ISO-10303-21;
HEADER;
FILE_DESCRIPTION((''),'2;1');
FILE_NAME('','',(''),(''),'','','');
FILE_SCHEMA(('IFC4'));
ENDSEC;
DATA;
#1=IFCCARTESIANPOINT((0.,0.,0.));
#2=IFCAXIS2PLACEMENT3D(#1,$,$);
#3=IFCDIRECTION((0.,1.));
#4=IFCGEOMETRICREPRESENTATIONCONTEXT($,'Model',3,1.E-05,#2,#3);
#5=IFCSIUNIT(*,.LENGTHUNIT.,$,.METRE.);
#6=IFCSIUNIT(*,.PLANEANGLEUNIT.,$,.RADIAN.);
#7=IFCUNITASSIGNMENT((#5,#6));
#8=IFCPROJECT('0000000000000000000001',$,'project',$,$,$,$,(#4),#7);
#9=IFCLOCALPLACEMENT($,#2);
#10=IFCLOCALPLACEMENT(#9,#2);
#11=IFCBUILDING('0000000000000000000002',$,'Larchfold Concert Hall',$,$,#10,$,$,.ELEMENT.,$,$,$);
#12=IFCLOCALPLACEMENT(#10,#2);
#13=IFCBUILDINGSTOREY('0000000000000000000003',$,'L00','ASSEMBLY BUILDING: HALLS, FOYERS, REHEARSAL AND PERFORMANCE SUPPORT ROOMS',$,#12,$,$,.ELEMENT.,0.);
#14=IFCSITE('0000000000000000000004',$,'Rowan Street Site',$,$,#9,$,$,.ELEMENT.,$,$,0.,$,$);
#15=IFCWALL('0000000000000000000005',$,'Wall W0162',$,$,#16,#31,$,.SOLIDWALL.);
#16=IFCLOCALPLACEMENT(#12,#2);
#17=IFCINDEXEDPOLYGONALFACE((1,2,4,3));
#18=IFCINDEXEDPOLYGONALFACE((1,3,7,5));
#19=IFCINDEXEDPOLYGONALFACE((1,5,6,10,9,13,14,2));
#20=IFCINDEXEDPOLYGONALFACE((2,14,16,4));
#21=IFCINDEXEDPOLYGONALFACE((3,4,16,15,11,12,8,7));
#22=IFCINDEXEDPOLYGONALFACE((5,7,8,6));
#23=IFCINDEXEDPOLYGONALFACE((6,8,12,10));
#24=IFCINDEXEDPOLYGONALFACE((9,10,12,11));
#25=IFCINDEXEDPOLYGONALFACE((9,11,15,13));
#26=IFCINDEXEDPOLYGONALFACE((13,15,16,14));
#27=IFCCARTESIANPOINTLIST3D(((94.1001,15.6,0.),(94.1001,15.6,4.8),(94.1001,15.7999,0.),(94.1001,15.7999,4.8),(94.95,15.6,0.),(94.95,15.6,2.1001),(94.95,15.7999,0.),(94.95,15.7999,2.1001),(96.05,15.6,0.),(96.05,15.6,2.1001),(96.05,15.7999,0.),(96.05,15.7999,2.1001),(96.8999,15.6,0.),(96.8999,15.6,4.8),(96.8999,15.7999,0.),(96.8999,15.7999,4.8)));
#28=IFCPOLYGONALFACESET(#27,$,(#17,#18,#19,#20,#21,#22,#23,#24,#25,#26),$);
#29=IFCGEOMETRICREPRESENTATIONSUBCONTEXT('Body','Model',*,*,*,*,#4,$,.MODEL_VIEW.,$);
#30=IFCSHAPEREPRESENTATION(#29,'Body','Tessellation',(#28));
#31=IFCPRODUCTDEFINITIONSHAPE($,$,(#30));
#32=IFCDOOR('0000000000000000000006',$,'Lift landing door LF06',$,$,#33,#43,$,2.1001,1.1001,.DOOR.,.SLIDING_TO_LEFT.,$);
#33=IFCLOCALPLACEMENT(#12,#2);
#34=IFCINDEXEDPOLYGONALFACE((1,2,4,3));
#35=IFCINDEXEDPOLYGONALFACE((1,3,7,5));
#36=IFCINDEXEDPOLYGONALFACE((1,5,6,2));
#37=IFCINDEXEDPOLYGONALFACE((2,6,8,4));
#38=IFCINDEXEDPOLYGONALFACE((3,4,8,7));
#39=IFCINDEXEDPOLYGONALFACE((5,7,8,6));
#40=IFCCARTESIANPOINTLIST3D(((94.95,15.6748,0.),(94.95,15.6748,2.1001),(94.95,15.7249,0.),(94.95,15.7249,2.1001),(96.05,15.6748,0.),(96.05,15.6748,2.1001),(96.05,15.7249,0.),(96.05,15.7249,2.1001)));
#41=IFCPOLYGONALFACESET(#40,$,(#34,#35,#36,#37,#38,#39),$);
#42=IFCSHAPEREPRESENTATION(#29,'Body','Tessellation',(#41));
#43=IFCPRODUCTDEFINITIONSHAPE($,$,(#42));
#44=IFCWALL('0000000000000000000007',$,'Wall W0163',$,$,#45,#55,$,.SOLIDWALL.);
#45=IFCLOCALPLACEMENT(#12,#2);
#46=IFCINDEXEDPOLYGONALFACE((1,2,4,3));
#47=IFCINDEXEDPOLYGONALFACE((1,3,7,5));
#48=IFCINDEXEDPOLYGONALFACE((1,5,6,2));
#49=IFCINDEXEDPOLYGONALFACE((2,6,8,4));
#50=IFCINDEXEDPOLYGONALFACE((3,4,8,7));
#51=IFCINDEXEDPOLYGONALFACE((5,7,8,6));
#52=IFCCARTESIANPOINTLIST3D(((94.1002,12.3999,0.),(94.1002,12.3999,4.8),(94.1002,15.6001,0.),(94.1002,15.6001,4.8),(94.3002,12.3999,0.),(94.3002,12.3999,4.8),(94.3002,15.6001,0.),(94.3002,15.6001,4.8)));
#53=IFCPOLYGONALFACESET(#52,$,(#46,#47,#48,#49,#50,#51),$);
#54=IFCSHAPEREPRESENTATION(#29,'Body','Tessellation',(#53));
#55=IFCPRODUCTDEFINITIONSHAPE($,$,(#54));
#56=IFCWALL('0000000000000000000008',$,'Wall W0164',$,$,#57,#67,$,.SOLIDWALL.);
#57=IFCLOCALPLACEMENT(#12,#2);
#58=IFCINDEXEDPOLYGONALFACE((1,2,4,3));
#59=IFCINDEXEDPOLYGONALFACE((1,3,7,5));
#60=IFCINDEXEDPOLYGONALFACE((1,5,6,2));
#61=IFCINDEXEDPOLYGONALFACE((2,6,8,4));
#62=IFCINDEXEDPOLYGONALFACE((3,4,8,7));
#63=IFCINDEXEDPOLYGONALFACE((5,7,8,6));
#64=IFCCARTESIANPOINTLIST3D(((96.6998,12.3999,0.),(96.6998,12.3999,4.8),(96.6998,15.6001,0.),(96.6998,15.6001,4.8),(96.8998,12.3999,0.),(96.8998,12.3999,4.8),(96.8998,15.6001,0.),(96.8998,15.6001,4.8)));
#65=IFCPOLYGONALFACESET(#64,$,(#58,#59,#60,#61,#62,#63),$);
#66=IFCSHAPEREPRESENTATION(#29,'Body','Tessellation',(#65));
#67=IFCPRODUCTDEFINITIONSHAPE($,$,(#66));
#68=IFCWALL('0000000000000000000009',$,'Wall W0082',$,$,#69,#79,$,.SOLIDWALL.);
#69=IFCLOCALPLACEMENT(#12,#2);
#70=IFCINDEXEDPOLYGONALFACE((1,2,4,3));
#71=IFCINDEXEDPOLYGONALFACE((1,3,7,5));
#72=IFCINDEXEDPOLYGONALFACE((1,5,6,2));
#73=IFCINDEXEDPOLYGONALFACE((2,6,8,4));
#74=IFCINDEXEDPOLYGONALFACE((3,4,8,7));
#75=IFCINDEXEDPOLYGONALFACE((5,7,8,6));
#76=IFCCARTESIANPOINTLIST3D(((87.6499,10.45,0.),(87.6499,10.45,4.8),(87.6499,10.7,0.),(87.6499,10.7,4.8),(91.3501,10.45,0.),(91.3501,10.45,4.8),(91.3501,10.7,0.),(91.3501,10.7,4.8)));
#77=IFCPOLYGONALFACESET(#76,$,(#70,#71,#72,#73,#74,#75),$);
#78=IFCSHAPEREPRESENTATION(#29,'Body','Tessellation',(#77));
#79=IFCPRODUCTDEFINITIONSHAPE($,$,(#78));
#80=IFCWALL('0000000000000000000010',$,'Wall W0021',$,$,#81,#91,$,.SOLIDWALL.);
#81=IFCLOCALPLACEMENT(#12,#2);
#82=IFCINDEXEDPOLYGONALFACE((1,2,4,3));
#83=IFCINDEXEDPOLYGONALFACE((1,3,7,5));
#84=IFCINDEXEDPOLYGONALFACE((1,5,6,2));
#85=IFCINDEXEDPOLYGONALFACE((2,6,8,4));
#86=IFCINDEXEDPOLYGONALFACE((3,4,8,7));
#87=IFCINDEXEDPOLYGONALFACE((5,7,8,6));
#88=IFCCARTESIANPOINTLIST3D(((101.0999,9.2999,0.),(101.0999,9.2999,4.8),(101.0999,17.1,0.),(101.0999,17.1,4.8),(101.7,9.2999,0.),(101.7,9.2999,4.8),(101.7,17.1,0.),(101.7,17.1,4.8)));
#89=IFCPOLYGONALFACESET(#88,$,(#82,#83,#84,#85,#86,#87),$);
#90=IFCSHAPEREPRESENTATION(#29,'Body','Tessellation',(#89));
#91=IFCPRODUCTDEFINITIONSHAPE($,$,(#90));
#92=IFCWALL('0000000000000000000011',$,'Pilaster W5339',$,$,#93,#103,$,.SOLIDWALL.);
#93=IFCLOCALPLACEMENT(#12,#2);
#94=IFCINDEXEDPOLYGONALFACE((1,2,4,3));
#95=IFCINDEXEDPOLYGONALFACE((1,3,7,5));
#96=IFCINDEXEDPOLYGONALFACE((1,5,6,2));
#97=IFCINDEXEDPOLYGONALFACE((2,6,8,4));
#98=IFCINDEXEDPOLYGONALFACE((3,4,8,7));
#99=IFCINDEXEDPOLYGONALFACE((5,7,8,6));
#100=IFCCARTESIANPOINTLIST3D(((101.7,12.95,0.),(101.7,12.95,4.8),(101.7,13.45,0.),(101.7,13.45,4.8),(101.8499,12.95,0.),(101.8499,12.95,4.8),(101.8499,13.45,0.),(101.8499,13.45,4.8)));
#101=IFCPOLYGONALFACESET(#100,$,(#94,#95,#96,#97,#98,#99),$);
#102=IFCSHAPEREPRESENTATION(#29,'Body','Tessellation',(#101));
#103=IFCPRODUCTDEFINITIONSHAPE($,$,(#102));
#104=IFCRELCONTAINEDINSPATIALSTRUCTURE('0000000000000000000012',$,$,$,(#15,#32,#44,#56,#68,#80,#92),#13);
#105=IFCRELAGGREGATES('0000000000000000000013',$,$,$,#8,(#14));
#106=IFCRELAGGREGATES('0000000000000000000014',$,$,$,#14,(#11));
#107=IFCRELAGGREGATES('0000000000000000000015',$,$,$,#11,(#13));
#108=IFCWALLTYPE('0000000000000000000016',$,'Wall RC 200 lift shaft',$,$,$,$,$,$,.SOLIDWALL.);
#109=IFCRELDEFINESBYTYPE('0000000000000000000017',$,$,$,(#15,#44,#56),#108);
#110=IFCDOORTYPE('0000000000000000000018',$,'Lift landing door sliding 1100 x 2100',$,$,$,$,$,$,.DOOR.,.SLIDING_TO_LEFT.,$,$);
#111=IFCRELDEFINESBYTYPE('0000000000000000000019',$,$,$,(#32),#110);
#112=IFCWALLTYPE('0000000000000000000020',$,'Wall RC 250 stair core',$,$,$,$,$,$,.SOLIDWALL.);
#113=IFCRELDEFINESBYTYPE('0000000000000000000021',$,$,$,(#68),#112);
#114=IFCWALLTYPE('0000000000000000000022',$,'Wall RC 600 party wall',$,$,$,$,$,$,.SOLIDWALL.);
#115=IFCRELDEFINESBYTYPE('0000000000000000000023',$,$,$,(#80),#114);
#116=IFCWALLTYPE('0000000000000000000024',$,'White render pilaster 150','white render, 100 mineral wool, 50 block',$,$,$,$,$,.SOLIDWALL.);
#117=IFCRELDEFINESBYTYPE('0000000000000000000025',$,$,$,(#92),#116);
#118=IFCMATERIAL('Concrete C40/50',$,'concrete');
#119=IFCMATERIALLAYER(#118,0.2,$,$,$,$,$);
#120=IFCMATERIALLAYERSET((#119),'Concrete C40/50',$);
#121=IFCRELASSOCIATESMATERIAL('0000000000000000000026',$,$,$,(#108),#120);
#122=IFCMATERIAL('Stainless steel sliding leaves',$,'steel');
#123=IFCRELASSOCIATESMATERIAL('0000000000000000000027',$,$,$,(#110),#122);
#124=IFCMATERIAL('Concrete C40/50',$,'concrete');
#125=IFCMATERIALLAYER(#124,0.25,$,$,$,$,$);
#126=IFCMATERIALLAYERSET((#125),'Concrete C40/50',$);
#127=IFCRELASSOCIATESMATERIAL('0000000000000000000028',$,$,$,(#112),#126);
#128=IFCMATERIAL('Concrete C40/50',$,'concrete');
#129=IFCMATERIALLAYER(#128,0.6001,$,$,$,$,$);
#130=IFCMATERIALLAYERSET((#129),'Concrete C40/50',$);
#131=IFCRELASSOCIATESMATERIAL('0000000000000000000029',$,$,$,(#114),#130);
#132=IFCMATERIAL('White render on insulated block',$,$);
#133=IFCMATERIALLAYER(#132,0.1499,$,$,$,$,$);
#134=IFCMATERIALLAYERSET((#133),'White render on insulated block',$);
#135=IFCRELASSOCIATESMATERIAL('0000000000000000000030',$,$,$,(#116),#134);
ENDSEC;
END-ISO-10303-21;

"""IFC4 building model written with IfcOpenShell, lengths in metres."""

from ifc_helpers import new_model, si_unit, direction, frame, frame_2d, origin, place, context, subcontext, project, spatial, rectangle, extrude, material, layer, layer_set, type_object, element, fill, save


model = new_model("IFC4")

# Units and contexts
model_context = context("Model", 3, precision=1e-05, world=origin(), true_north=direction((0.0, 1.0)))
body_context = subcontext(model_context, "Body", "Model", "MODEL_VIEW")
ifc_project = project(units=[si_unit("LENGTHUNIT", "METRE"), si_unit("PLANEANGLEUNIT", "RADIAN")], contexts=[model_context])

# Site, building, storey
site_placement = place(None, origin())
site = spatial("IfcSite", under=ifc_project, at=site_placement, Name="Rowan Street Site", CompositionType="ELEMENT", RefElevation=0.0)
building_placement = place(site_placement, origin())
building = spatial("IfcBuilding", under=site, at=building_placement, Name="Larchfold Concert Hall", CompositionType="ELEMENT")
storey_placement = place(building_placement, origin())
storey = spatial("IfcBuildingStorey", under=building, at=storey_placement, Name="L00", Description="ASSEMBLY BUILDING: HALLS, FOYERS, REHEARSAL AND PERFORMANCE SUPPORT ROOMS", CompositionType="ELEMENT", Elevation=0.0)

# Shared definitions
ifc_material_1 = material(Name="Concrete C40/50", Category="concrete")
ifc_layer_1 = layer(ifc_material_1, 0.2)
ifc_layer_set_1 = layer_set([ifc_layer_1], Name="Concrete C40/50")
wall_type_1 = type_object("IfcWallType", Name="Wall RC 200 lift shaft", PredefinedType="SOLIDWALL", material=ifc_layer_set_1)

# Wall, opening, door
wall_1_placement = place(storey_placement, frame((94.1001, 15.7, 0.0), z_axis=(0.0, 0.0, 1.0), x_axis=(1.0, 0.0, 0.0)))
wall_1 = element("IfcWall", 1, at=wall_1_placement, inside=storey, type_object=wall_type_1, Name="Wall W0162", PredefinedType="SOLIDWALL", context=body_context, shape_type="SweptSolid", body=[
    extrude(rectangle(XDim=2.7998, YDim=0.2, at=frame_2d((1.3999, 0.0))), origin(), (0.0, 0.0, 1.0), 4.8),
])
opening_1_placement = place(wall_1_placement, frame((0.8499, 0.0, 0.0)))
opening_1 = element("IfcOpeningElement", 2, at=opening_1_placement, cuts=wall_1, PredefinedType="OPENING", context=body_context, shape_type="SweptSolid", body=[
    extrude(rectangle(XDim=1.1001, YDim=2.1001, at=frame_2d((0.55, 1.05))), frame((0.0, 0.1099, 0.0), z_axis=(0.0, -1.0, 0.0), x_axis=(1.0, 0.0, 0.0)), (0.0, 0.0, 1.0), 0.22),
])
ifc_material_2 = material(Name="Stainless steel sliding leaves", Category="steel")
door_type_1 = type_object("IfcDoorType", Name="Lift landing door sliding 1100 x 2100", OperationType="SLIDING_TO_LEFT", PredefinedType="DOOR", material=ifc_material_2)
door_1_placement = place(opening_1_placement, origin())
door_1 = element("IfcDoor", 3, at=door_1_placement, inside=storey, type_object=door_type_1, Name="Lift landing door LF06", OperationType="SLIDING_TO_LEFT", OverallHeight=2.1001, OverallWidth=1.1001, PredefinedType="DOOR", context=body_context, shape_type="SweptSolid", body=[
    extrude(rectangle(XDim=1.1001, YDim=2.1001, at=frame_2d((0.55, 1.05))), frame((0.0, 0.0249, 0.0), z_axis=(0.0, -1.0, 0.0), x_axis=(1.0, 0.0, 0.0)), (0.0, 0.0, 1.0), 0.05),
])
fill(opening_1, door_1)

# Walls
for number, where, z_axis, x_axis, name in (
    (4, (94.2002, 12.3999, 0.0), (0.0, 0.0, 1.0), (0.0, 1.0, 0.0), "Wall W0163"),
    (5, (96.7998, 12.3999, 0.0), (0.0, 0.0, 1.0), (0.0, 1.0, 0.0), "Wall W0164"),
):
    element("IfcWall", number, at=place(storey_placement, frame(where, z_axis=z_axis, x_axis=x_axis)), inside=storey, type_object=wall_type_1, Name=name, PredefinedType="SOLIDWALL", context=body_context, shape_type="SweptSolid", body=[
        extrude(rectangle(XDim=3.2002, YDim=0.2, at=frame_2d((1.6001, 0.0))), origin(), (0.0, 0.0, 1.0), 4.8),
    ])
ifc_material_3 = material(Name="Concrete C40/50", Category="concrete")
ifc_layer_2 = layer(ifc_material_3, 0.25)
ifc_layer_set_2 = layer_set([ifc_layer_2], Name="Concrete C40/50")
wall_type_2 = type_object("IfcWallType", Name="Wall RC 250 stair core", PredefinedType="SOLIDWALL", material=ifc_layer_set_2)
wall_2_placement = place(storey_placement, frame((87.6499, 10.575, 0.0), z_axis=(0.0, 0.0, 1.0), x_axis=(1.0, 0.0, 0.0)))
element("IfcWall", 6, at=wall_2_placement, inside=storey, type_object=wall_type_2, Name="Wall W0082", PredefinedType="SOLIDWALL", context=body_context, shape_type="SweptSolid", body=[
    extrude(rectangle(XDim=3.7002, YDim=0.25, at=frame_2d((1.8501, 0.0))), origin(), (0.0, 0.0, 1.0), 4.8),
])
ifc_material_4 = material(Name="Concrete C40/50", Category="concrete")
ifc_layer_3 = layer(ifc_material_4, 0.6001)
ifc_layer_set_3 = layer_set([ifc_layer_3], Name="Concrete C40/50")
wall_type_3 = type_object("IfcWallType", Name="Wall RC 600 party wall", PredefinedType="SOLIDWALL", material=ifc_layer_set_3)
wall_3_placement = place(storey_placement, frame((101.3999, 9.3, 0.0), z_axis=(0.0, 0.0, 1.0), x_axis=(0.0, 1.0, 0.0)))
element("IfcWall", 7, at=wall_3_placement, inside=storey, type_object=wall_type_3, Name="Wall W0021", PredefinedType="SOLIDWALL", context=body_context, shape_type="SweptSolid", body=[
    extrude(rectangle(XDim=7.8, YDim=0.6001, at=frame_2d((3.8999, 0.0))), origin(), (0.0, 0.0, 1.0), 4.8),
])
ifc_material_5 = material(Name="White render on insulated block")
ifc_layer_4 = layer(ifc_material_5, 0.1499)
ifc_layer_set_4 = layer_set([ifc_layer_4], Name="White render on insulated block")
wall_type_4 = type_object("IfcWallType", Name="White render pilaster 150", Description="white render, 100 mineral wool, 50 block", PredefinedType="SOLIDWALL", material=ifc_layer_set_4)
wall_4_placement = place(storey_placement, frame((101.7749, 12.95, 0.0), z_axis=(0.0, 0.0, 1.0), x_axis=(0.0, 1.0, 0.0)))
element("IfcWall", 8, at=wall_4_placement, inside=storey, type_object=wall_type_4, Name="Pilaster W5339", PredefinedType="SOLIDWALL", context=body_context, shape_type="SweptSolid", body=[
    extrude(rectangle(XDim=0.5, YDim=0.1499, at=frame_2d((0.25, 0.0))), origin(), (0.0, 0.0, 1.0), 4.8),
])

save(model, "model.ifc")
